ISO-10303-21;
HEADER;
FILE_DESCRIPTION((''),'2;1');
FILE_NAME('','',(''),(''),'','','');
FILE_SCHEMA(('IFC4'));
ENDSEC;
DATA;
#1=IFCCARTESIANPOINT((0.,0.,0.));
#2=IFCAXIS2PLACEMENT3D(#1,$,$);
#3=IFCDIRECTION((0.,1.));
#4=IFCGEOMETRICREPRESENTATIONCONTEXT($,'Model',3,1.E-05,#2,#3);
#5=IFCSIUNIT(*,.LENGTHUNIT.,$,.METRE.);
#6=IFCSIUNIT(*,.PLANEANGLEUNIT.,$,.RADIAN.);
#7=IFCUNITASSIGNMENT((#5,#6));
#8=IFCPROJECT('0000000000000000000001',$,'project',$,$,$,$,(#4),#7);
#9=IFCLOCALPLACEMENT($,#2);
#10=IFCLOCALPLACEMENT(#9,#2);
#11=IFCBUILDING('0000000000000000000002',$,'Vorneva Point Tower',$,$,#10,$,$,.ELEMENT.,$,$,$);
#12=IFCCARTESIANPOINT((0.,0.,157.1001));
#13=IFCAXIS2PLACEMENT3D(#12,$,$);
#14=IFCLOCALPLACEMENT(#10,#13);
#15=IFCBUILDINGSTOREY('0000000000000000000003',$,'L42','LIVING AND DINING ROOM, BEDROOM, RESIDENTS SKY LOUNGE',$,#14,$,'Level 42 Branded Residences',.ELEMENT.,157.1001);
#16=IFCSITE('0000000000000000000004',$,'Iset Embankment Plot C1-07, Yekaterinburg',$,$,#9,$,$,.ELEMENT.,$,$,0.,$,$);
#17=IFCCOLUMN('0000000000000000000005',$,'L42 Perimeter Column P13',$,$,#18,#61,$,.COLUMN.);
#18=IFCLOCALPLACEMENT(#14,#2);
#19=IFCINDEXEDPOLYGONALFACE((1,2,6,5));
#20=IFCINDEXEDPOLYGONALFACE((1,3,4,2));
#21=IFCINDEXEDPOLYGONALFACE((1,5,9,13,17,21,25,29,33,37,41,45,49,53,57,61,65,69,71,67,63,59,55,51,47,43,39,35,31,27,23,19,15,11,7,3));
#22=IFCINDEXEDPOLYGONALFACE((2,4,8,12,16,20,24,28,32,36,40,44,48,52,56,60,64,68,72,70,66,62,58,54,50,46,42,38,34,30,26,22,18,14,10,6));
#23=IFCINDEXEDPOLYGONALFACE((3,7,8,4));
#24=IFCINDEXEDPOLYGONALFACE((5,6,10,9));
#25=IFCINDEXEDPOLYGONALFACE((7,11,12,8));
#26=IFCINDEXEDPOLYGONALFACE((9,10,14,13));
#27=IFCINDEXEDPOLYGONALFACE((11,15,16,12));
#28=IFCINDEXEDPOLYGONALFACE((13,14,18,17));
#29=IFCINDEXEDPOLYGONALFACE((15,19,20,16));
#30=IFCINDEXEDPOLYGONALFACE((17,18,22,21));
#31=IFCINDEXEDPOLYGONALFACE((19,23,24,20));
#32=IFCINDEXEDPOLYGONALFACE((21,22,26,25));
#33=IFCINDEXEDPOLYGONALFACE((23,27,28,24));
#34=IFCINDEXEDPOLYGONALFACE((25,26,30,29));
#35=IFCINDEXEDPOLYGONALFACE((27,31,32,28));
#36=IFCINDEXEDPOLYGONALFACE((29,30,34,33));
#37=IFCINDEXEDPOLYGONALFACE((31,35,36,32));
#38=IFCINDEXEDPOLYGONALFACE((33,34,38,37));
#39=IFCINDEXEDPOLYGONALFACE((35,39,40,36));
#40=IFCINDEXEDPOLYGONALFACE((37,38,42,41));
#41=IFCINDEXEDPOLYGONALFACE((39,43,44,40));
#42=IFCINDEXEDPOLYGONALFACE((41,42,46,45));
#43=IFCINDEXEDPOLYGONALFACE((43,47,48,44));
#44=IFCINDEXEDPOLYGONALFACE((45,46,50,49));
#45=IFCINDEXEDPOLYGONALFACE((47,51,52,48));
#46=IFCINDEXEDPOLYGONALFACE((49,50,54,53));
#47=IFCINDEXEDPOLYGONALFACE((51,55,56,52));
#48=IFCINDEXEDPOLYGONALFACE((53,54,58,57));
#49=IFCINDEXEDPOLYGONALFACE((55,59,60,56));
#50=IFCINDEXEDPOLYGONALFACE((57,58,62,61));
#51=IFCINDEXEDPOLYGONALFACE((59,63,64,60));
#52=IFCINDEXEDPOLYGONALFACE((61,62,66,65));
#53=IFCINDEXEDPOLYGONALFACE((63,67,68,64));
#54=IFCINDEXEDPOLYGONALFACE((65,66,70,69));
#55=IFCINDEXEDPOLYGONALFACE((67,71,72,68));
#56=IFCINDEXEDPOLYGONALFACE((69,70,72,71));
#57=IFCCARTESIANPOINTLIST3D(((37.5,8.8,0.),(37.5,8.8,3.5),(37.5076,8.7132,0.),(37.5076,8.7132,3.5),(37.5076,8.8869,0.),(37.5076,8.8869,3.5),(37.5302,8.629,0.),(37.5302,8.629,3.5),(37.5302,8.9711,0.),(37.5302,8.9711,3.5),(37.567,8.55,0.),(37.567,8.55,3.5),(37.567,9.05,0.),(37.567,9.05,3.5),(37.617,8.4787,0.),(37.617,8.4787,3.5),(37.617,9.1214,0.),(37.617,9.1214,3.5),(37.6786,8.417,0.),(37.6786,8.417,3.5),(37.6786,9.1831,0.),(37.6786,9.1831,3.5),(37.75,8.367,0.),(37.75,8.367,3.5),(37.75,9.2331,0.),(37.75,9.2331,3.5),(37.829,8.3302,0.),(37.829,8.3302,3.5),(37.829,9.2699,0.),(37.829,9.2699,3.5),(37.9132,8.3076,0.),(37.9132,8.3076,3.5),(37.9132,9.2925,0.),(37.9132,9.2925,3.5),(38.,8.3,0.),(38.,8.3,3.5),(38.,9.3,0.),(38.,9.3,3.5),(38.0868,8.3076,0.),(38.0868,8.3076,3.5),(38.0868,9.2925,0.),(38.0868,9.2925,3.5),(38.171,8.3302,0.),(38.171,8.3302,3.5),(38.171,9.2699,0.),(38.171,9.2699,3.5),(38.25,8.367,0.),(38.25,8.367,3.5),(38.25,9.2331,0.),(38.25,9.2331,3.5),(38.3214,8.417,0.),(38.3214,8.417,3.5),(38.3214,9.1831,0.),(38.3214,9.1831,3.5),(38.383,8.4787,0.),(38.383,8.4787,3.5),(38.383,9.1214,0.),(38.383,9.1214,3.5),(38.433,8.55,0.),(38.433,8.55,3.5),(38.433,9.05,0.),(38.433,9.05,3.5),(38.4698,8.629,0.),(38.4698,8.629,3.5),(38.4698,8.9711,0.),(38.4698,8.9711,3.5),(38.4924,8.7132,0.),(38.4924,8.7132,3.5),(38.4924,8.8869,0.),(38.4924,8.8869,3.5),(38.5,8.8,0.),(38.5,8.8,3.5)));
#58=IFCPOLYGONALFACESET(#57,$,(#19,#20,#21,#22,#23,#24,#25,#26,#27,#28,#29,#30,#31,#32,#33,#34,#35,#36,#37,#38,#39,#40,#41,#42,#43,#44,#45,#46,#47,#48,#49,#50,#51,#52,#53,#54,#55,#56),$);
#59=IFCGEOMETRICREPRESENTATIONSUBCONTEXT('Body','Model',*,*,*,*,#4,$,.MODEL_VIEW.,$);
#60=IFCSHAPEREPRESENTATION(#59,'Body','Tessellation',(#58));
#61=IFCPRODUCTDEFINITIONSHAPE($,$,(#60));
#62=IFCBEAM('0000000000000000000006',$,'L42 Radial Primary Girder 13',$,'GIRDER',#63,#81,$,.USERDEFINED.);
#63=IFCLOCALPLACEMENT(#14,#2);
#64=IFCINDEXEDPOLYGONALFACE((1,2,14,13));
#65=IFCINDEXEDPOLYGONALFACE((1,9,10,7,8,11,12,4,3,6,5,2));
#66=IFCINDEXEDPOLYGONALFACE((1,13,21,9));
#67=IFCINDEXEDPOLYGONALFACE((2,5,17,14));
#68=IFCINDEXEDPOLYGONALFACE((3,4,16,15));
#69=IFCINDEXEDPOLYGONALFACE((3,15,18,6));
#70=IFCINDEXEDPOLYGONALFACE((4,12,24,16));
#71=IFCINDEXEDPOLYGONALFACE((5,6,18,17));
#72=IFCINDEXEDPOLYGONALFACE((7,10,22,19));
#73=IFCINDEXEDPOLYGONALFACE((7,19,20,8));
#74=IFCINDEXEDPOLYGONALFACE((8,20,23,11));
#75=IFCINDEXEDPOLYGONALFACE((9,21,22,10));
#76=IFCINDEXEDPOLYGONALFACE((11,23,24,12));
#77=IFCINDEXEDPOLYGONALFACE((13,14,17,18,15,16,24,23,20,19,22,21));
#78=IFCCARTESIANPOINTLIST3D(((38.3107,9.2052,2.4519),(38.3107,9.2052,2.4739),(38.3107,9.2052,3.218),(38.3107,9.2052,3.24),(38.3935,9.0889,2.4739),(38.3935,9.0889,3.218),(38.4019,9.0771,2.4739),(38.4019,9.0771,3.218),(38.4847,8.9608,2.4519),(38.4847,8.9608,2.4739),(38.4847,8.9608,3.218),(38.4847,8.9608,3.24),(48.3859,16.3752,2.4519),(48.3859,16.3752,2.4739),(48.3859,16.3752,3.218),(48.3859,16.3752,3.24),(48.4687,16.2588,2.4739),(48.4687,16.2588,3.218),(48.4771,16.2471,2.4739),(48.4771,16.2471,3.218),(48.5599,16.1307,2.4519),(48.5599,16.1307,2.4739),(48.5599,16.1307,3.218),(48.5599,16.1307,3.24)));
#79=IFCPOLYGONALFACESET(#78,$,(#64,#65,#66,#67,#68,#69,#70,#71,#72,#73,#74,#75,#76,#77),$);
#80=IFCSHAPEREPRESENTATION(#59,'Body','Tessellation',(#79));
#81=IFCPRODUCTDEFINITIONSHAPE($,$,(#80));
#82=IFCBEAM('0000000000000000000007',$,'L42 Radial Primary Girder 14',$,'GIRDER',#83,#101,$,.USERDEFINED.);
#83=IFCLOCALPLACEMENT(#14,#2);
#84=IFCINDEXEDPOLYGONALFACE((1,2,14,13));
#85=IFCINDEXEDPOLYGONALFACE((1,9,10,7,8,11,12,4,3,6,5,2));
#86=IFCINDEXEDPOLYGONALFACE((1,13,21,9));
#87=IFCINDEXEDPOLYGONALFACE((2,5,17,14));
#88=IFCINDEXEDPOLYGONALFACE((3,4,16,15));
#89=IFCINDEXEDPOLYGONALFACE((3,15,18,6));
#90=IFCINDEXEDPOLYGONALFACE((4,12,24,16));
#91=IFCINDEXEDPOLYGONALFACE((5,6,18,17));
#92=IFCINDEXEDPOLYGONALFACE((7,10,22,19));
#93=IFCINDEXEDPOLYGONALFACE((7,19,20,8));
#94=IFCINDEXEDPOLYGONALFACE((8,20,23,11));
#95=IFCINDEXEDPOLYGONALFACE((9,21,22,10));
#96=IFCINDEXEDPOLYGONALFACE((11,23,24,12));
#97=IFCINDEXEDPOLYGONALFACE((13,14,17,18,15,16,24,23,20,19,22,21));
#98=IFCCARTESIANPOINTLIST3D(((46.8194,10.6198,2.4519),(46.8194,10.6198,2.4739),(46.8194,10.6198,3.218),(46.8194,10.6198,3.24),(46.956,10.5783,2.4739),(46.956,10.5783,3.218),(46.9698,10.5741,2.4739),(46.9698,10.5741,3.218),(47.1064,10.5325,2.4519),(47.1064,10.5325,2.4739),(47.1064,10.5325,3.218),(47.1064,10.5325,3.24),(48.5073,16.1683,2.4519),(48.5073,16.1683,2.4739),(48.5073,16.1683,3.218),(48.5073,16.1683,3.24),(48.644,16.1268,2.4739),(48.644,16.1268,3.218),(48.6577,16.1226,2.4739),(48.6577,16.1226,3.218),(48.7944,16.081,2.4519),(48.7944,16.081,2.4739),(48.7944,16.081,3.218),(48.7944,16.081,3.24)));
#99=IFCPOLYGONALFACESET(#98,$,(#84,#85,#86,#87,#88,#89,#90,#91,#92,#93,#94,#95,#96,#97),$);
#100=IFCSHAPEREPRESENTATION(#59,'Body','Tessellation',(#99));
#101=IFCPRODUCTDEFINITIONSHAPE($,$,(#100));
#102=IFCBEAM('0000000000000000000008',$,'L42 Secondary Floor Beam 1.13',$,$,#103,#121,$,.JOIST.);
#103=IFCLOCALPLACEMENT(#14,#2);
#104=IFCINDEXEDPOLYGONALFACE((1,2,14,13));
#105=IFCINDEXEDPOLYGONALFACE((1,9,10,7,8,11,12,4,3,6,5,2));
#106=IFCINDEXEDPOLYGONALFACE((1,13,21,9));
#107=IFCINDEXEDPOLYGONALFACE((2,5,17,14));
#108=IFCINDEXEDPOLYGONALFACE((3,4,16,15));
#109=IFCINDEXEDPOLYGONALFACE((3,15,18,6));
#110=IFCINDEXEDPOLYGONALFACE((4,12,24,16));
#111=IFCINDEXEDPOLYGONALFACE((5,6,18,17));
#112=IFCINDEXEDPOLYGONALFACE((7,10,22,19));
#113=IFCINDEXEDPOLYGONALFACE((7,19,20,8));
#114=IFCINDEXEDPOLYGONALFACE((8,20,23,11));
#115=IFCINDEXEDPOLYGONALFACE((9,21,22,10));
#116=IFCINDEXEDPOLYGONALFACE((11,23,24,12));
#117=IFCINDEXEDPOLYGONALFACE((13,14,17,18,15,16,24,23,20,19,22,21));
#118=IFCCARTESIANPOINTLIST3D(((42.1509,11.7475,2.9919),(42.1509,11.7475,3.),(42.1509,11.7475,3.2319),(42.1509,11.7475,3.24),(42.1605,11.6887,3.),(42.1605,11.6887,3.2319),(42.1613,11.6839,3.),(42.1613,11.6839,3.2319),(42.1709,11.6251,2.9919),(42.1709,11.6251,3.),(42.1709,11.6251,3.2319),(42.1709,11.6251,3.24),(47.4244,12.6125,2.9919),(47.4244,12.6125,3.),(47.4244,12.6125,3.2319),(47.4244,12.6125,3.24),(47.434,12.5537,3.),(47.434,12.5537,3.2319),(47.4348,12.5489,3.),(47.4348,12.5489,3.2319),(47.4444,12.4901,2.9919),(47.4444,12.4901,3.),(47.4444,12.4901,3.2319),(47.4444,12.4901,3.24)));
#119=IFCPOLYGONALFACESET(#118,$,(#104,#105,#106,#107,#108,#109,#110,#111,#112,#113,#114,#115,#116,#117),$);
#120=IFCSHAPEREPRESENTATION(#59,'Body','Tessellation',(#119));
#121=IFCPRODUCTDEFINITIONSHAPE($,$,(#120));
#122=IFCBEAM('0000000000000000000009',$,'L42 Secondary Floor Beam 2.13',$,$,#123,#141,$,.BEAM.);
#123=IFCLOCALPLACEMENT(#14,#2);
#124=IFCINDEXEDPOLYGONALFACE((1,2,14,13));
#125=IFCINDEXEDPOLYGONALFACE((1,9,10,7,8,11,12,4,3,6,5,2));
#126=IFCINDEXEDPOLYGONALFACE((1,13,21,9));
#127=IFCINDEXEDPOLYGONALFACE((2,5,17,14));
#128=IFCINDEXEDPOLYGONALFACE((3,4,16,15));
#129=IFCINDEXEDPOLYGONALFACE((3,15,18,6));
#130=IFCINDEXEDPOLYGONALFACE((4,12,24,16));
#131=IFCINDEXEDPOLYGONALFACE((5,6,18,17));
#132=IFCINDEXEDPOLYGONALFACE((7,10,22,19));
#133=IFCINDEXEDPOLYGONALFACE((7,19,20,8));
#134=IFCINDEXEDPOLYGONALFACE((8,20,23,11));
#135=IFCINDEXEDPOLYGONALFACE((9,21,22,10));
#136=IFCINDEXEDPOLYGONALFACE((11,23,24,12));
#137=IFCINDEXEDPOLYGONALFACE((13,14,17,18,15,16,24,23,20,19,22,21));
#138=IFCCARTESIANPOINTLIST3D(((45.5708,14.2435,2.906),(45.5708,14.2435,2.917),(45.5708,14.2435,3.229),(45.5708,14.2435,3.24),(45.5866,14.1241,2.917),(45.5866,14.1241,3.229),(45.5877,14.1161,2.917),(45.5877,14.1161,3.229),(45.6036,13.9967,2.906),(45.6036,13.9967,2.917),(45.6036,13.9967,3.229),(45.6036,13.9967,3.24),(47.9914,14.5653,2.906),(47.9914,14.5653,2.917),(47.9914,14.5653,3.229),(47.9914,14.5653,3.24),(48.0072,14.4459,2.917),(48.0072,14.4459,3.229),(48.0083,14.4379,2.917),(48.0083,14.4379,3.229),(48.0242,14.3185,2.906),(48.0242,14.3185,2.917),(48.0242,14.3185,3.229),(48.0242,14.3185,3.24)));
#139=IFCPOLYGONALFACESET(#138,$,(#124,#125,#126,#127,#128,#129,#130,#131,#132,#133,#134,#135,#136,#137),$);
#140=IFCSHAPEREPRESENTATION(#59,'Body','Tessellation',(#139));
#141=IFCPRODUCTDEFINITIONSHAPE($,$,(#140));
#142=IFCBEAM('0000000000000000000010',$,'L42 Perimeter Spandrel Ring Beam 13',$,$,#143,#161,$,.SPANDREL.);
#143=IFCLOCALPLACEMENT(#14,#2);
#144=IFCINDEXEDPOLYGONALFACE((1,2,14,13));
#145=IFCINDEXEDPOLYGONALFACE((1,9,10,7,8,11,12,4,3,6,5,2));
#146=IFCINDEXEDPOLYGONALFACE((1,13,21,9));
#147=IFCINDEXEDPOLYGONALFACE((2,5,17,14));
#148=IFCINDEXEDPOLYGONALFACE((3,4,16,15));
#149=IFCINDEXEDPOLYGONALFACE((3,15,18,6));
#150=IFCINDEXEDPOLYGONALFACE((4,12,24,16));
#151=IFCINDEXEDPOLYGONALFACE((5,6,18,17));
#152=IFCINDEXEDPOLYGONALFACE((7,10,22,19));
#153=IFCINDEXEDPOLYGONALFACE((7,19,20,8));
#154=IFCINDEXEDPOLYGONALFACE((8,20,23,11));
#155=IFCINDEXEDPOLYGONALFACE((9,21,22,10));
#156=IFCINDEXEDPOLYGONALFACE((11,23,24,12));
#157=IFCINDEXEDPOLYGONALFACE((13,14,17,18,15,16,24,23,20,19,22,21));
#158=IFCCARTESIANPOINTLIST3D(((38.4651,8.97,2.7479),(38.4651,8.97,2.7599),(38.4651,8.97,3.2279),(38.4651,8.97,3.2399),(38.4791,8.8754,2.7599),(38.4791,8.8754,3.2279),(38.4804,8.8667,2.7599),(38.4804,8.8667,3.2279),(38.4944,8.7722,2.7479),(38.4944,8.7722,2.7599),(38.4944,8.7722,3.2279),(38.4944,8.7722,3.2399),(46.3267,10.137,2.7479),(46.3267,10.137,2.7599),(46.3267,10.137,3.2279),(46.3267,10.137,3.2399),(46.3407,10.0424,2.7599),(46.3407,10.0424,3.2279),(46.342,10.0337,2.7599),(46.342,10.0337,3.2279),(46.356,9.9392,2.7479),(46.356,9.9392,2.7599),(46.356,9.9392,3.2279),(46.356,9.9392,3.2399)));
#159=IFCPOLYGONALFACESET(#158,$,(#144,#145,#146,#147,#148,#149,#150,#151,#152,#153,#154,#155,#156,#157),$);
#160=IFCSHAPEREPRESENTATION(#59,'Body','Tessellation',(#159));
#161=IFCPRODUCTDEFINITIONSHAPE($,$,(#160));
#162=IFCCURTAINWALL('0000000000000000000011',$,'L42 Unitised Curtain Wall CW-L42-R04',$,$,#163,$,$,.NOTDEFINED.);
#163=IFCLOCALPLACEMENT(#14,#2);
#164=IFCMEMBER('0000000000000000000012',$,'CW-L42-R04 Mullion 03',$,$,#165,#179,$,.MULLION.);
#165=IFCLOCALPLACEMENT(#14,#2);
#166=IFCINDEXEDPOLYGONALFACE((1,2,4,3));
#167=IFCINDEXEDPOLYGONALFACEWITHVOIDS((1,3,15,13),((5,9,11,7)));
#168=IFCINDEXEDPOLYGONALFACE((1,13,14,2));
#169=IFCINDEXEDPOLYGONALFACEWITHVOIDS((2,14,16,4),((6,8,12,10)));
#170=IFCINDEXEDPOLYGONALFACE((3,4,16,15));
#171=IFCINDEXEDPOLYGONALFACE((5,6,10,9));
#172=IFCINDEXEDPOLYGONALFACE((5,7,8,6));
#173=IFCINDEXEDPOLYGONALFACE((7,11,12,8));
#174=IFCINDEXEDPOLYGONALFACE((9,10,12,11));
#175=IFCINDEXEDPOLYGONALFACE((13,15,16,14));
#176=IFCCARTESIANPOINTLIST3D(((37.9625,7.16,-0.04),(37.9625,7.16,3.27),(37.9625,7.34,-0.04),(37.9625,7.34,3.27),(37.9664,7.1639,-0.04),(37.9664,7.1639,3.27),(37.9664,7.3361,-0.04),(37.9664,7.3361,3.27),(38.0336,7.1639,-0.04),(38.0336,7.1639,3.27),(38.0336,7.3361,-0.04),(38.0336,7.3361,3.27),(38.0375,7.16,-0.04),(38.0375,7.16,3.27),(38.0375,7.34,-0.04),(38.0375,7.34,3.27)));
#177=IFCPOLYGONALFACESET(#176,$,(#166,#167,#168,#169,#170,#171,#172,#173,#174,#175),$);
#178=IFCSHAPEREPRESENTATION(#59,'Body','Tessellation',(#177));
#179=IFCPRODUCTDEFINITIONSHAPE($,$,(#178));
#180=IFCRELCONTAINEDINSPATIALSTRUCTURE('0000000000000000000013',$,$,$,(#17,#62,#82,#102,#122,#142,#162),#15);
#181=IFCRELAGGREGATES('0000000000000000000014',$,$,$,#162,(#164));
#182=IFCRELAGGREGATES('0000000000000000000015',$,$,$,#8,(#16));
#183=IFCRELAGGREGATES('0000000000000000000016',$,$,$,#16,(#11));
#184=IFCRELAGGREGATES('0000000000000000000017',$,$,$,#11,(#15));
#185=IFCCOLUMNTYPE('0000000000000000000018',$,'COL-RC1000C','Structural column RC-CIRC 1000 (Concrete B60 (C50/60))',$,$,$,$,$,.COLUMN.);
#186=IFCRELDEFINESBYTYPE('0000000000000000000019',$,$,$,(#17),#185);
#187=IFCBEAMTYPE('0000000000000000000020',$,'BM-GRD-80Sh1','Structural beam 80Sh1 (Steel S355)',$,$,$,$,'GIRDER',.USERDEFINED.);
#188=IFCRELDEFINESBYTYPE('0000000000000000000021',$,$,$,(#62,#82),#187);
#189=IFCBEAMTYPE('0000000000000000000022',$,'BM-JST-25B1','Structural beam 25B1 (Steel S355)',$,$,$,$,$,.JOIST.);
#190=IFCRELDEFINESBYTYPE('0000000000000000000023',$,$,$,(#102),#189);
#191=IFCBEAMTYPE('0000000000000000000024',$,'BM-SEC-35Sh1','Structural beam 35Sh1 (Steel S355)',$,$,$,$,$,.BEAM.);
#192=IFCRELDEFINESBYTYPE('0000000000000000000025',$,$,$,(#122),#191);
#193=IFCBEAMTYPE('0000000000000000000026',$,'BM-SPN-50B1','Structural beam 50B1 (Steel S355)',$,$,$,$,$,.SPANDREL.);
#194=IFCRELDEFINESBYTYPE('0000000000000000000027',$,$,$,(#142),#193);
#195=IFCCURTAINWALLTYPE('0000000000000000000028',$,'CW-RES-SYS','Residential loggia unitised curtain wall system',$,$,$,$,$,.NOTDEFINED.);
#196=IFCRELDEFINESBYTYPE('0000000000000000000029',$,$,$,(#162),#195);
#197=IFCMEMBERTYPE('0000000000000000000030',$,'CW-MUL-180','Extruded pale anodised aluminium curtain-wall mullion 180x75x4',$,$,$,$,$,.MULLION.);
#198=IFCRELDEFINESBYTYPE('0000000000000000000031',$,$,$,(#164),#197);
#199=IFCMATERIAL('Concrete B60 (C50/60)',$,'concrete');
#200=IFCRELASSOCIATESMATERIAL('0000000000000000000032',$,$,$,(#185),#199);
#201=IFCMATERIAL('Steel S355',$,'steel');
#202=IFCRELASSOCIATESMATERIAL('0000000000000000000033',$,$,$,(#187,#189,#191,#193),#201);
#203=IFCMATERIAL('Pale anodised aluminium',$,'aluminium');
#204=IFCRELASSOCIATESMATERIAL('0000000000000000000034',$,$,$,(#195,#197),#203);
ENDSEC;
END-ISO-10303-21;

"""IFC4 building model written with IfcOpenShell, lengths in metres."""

from ifc_helpers import new_model, si_unit, direction, frame, origin, origin_2d, place, context, subcontext, project, spatial, hollow_rectangle, circle, i_section, extrude, material, material_profile, profile_set, type_object, element, aggregate, save


model = new_model("IFC4")

# Units and contexts
model_context = context("Model", 3, precision=1e-05, world=origin(), true_north=direction((0.0, 1.0)))
body_context = subcontext(model_context, "Body", "Model", "MODEL_VIEW")
ifc_project = project(units=[si_unit("LENGTHUNIT", "METRE"), si_unit("PLANEANGLEUNIT", "RADIAN")], contexts=[model_context])

# Site, building, storey
site_placement = place(None, origin())
site = spatial("IfcSite", under=ifc_project, at=site_placement, Name="Iset Embankment Plot C1-07, Yekaterinburg", CompositionType="ELEMENT", RefElevation=0.0)
building_placement = place(site_placement, origin())
building = spatial("IfcBuilding", under=site, at=building_placement, Name="Vorneva Point Tower", CompositionType="ELEMENT")
storey_placement = place(building_placement, frame((0.0, 0.0, 157.1001)))
storey = spatial("IfcBuildingStorey", under=building, at=storey_placement, Name="L42", Description="LIVING AND DINING ROOM, BEDROOM, RESIDENTS SKY LOUNGE", LongName="Level 42 Branded Residences", CompositionType="ELEMENT", Elevation=157.1001)

# Column
ifc_material_1 = material(Name="Concrete B60 (C50/60)", Category="concrete")
ifc_material_profile_1 = material_profile(ifc_material_1, circle(Radius=0.5, at=origin_2d()), Name="RC-CIRC 1000")
ifc_profile_set_1 = profile_set([ifc_material_profile_1], Name="Concrete B60 (C50/60)")
column_type = type_object("IfcColumnType", Name="COL-RC1000C", Description="Structural column RC-CIRC 1000 (Concrete B60 (C50/60))", PredefinedType="COLUMN", material=ifc_profile_set_1)
for number, where, z_axis, x_axis, name in (
    (1, (38.0, 8.8, 0.0), (0.0, 0.0, 1.0), (0.0, -1.0, 0.0), "L42 Perimeter Column P13"),
):
    element("IfcColumn", number, at=place(storey_placement, frame(where, z_axis=z_axis, x_axis=x_axis)), inside=storey, type_object=column_type, Name=name, PredefinedType="COLUMN", context=body_context, shape_type="SweptSolid", body=[
        extrude(circle(Radius=0.5, at=origin_2d()), origin(), (0.0, 0.0, 1.0), 3.5),
    ])

# Beams
ifc_material_2 = material(Name="Steel S355", Category="steel")
ifc_material_profile_2 = material_profile(ifc_material_2, i_section(OverallWidth=0.3, OverallDepth=0.7881, WebThickness=0.0144, FlangeThickness=0.022, at=origin_2d()), Name="80Sh1")
ifc_profile_set_2 = profile_set([ifc_material_profile_2], Name="Steel S355")
beam_type_1 = type_object("IfcBeamType", Name="BM-GRD-80Sh1", Description="Structural beam 80Sh1 (Steel S355)", ElementType="GIRDER", PredefinedType="USERDEFINED", material=ifc_profile_set_2)
beam_1_placement = place(storey_placement, frame((38.3977, 9.083, 2.8459), z_axis=(0.814751, 0.57981, 0.0), x_axis=(-0.57981, 0.814751, 0.0)))
element("IfcBeam", 2, at=beam_1_placement, inside=storey, type_object=beam_type_1, Name="L42 Radial Primary Girder 13", ObjectType="GIRDER", PredefinedType="USERDEFINED", context=body_context, shape_type="SweptSolid", body=[
    extrude(i_section(OverallWidth=0.3, OverallDepth=0.7881, WebThickness=0.0144, FlangeThickness=0.022, at=origin_2d()), origin(), (0.0, 0.0, 1.0), 12.366),
])
beam_2_placement = place(storey_placement, frame((46.9629, 10.5762, 2.8459), z_axis=(0.291049, 0.956708, 0.0), x_axis=(-0.956708, 0.291049, 0.0)))
element("IfcBeam", 3, at=beam_2_placement, inside=storey, type_object=beam_type_1, Name="L42 Radial Primary Girder 14", ObjectType="GIRDER", PredefinedType="USERDEFINED", context=body_context, shape_type="SweptSolid", body=[
    extrude(i_section(OverallWidth=0.3, OverallDepth=0.7881, WebThickness=0.0144, FlangeThickness=0.022, at=origin_2d()), origin(), (0.0, 0.0, 1.0), 5.7996),
])
ifc_material_profile_3 = material_profile(ifc_material_2, i_section(OverallWidth=0.124, OverallDepth=0.248, WebThickness=0.0049, FlangeThickness=0.0081, at=origin_2d()), Name="25B1")
ifc_profile_set_3 = profile_set([ifc_material_profile_3], Name="Steel S355")
beam_type_2 = type_object("IfcBeamType", Name="BM-JST-25B1", Description="Structural beam 25B1 (Steel S355)", PredefinedType="JOIST", material=ifc_profile_set_3)
beam_3_placement = place(storey_placement, frame((42.1609, 11.6863, 3.116), z_axis=(0.986813, 0.161865, 0.0), x_axis=(-0.161865, 0.986813, 0.0)))
element("IfcBeam", 4, at=beam_3_placement, inside=storey, type_object=beam_type_2, Name="L42 Secondary Floor Beam 1.13", PredefinedType="JOIST", context=body_context, shape_type="SweptSolid", body=[
    extrude(i_section(OverallWidth=0.124, OverallDepth=0.248, WebThickness=0.0049, FlangeThickness=0.0081, at=origin_2d()), origin(), (0.0, 0.0, 1.0), 5.344),
])
ifc_material_profile_4 = material_profile(ifc_material_2, i_section(OverallWidth=0.249, OverallDepth=0.334, WebThickness=0.0081, FlangeThickness=0.011, at=origin_2d()), Name="35Sh1")
ifc_profile_set_4 = profile_set([ifc_material_profile_4], Name="Steel S355")
beam_type_3 = type_object("IfcBeamType", Name="BM-SEC-35Sh1", Description="Structural beam 35Sh1 (Steel S355)", PredefinedType="BEAM", material=ifc_profile_set_4)
beam_4_placement = place(storey_placement, frame((45.5872, 14.1201, 3.073), z_axis=(0.99128, 0.131771, 0.0), x_axis=(-0.131771, 0.99128, 0.0)))
element("IfcBeam", 5, at=beam_4_placement, inside=storey, type_object=beam_type_3, Name="L42 Secondary Floor Beam 2.13", PredefinedType="BEAM", context=body_context, shape_type="SweptSolid", body=[
    extrude(i_section(OverallWidth=0.249, OverallDepth=0.334, WebThickness=0.0081, FlangeThickness=0.011, at=origin_2d()), origin(), (0.0, 0.0, 1.0), 2.4419),
])
ifc_material_profile_5 = material_profile(ifc_material_2, i_section(OverallWidth=0.2, OverallDepth=0.4919, WebThickness=0.0088, FlangeThickness=0.012, at=origin_2d()), Name="50B1")
ifc_profile_set_5 = profile_set([ifc_material_profile_5], Name="Steel S355")
beam_type_4 = type_object("IfcBeamType", Name="BM-SPN-50B1", Description="Structural beam 50B1 (Steel S355)", PredefinedType="SPANDREL", material=ifc_profile_set_5)
beam_5_placement = place(storey_placement, frame((38.4797, 8.8711, 2.9939), z_axis=(0.989161, 0.146834, 0.0), x_axis=(-0.146834, 0.989161, 0.0)))
element("IfcBeam", 6, at=beam_5_placement, inside=storey, type_object=beam_type_4, Name="L42 Perimeter Spandrel Ring Beam 13", PredefinedType="SPANDREL", context=body_context, shape_type="SweptSolid", body=[
    extrude(i_section(OverallWidth=0.2, OverallDepth=0.4919, WebThickness=0.0088, FlangeThickness=0.012, at=origin_2d()), origin(), (0.0, 0.0, 1.0), 7.9478),
])

# Curtain wall, member
ifc_material_3 = material(Name="Pale anodised aluminium", Category="aluminium")
curtain_wall_type = type_object("IfcCurtainWallType", Name="CW-RES-SYS", Description="Residential loggia unitised curtain wall system", PredefinedType="NOTDEFINED", material=ifc_material_3)
curtain_wall_placement = place(storey_placement, origin())
curtain_wall = element("IfcCurtainWall", 7, at=curtain_wall_placement, inside=storey, type_object=curtain_wall_type, Name="L42 Unitised Curtain Wall CW-L42-R04", PredefinedType="NOTDEFINED")
ifc_material_profile_6 = material_profile(ifc_material_3, hollow_rectangle(XDim=0.075, YDim=0.1799, WallThickness=0.0039, at=origin_2d()), Name="AL-MUL 180x75x4")
ifc_profile_set_6 = profile_set([ifc_material_profile_6], Name="Pale anodised aluminium")
member_type_1 = type_object("IfcMemberType", Name="CW-MUL-180", Description="Extruded pale anodised aluminium curtain-wall mullion 180x75x4", PredefinedType="MULLION", material=ifc_profile_set_6)
member_1_placement = place(storey_placement, frame((38.0, 7.25, -0.04), z_axis=(0.0, 0.0, 1.0), x_axis=(1.0, 0.0, 0.0)))
member_1 = element("IfcMember", 8, at=member_1_placement, type_object=member_type_1, Name="CW-L42-R04 Mullion 03", PredefinedType="MULLION", context=body_context, shape_type="SweptSolid", body=[
    extrude(hollow_rectangle(XDim=0.075, YDim=0.1799, WallThickness=0.0039, at=origin_2d()), origin(), (0.0, 0.0, 1.0), 3.3101),
])
aggregate(curtain_wall, [member_1])

save(model, "model.ifc")
